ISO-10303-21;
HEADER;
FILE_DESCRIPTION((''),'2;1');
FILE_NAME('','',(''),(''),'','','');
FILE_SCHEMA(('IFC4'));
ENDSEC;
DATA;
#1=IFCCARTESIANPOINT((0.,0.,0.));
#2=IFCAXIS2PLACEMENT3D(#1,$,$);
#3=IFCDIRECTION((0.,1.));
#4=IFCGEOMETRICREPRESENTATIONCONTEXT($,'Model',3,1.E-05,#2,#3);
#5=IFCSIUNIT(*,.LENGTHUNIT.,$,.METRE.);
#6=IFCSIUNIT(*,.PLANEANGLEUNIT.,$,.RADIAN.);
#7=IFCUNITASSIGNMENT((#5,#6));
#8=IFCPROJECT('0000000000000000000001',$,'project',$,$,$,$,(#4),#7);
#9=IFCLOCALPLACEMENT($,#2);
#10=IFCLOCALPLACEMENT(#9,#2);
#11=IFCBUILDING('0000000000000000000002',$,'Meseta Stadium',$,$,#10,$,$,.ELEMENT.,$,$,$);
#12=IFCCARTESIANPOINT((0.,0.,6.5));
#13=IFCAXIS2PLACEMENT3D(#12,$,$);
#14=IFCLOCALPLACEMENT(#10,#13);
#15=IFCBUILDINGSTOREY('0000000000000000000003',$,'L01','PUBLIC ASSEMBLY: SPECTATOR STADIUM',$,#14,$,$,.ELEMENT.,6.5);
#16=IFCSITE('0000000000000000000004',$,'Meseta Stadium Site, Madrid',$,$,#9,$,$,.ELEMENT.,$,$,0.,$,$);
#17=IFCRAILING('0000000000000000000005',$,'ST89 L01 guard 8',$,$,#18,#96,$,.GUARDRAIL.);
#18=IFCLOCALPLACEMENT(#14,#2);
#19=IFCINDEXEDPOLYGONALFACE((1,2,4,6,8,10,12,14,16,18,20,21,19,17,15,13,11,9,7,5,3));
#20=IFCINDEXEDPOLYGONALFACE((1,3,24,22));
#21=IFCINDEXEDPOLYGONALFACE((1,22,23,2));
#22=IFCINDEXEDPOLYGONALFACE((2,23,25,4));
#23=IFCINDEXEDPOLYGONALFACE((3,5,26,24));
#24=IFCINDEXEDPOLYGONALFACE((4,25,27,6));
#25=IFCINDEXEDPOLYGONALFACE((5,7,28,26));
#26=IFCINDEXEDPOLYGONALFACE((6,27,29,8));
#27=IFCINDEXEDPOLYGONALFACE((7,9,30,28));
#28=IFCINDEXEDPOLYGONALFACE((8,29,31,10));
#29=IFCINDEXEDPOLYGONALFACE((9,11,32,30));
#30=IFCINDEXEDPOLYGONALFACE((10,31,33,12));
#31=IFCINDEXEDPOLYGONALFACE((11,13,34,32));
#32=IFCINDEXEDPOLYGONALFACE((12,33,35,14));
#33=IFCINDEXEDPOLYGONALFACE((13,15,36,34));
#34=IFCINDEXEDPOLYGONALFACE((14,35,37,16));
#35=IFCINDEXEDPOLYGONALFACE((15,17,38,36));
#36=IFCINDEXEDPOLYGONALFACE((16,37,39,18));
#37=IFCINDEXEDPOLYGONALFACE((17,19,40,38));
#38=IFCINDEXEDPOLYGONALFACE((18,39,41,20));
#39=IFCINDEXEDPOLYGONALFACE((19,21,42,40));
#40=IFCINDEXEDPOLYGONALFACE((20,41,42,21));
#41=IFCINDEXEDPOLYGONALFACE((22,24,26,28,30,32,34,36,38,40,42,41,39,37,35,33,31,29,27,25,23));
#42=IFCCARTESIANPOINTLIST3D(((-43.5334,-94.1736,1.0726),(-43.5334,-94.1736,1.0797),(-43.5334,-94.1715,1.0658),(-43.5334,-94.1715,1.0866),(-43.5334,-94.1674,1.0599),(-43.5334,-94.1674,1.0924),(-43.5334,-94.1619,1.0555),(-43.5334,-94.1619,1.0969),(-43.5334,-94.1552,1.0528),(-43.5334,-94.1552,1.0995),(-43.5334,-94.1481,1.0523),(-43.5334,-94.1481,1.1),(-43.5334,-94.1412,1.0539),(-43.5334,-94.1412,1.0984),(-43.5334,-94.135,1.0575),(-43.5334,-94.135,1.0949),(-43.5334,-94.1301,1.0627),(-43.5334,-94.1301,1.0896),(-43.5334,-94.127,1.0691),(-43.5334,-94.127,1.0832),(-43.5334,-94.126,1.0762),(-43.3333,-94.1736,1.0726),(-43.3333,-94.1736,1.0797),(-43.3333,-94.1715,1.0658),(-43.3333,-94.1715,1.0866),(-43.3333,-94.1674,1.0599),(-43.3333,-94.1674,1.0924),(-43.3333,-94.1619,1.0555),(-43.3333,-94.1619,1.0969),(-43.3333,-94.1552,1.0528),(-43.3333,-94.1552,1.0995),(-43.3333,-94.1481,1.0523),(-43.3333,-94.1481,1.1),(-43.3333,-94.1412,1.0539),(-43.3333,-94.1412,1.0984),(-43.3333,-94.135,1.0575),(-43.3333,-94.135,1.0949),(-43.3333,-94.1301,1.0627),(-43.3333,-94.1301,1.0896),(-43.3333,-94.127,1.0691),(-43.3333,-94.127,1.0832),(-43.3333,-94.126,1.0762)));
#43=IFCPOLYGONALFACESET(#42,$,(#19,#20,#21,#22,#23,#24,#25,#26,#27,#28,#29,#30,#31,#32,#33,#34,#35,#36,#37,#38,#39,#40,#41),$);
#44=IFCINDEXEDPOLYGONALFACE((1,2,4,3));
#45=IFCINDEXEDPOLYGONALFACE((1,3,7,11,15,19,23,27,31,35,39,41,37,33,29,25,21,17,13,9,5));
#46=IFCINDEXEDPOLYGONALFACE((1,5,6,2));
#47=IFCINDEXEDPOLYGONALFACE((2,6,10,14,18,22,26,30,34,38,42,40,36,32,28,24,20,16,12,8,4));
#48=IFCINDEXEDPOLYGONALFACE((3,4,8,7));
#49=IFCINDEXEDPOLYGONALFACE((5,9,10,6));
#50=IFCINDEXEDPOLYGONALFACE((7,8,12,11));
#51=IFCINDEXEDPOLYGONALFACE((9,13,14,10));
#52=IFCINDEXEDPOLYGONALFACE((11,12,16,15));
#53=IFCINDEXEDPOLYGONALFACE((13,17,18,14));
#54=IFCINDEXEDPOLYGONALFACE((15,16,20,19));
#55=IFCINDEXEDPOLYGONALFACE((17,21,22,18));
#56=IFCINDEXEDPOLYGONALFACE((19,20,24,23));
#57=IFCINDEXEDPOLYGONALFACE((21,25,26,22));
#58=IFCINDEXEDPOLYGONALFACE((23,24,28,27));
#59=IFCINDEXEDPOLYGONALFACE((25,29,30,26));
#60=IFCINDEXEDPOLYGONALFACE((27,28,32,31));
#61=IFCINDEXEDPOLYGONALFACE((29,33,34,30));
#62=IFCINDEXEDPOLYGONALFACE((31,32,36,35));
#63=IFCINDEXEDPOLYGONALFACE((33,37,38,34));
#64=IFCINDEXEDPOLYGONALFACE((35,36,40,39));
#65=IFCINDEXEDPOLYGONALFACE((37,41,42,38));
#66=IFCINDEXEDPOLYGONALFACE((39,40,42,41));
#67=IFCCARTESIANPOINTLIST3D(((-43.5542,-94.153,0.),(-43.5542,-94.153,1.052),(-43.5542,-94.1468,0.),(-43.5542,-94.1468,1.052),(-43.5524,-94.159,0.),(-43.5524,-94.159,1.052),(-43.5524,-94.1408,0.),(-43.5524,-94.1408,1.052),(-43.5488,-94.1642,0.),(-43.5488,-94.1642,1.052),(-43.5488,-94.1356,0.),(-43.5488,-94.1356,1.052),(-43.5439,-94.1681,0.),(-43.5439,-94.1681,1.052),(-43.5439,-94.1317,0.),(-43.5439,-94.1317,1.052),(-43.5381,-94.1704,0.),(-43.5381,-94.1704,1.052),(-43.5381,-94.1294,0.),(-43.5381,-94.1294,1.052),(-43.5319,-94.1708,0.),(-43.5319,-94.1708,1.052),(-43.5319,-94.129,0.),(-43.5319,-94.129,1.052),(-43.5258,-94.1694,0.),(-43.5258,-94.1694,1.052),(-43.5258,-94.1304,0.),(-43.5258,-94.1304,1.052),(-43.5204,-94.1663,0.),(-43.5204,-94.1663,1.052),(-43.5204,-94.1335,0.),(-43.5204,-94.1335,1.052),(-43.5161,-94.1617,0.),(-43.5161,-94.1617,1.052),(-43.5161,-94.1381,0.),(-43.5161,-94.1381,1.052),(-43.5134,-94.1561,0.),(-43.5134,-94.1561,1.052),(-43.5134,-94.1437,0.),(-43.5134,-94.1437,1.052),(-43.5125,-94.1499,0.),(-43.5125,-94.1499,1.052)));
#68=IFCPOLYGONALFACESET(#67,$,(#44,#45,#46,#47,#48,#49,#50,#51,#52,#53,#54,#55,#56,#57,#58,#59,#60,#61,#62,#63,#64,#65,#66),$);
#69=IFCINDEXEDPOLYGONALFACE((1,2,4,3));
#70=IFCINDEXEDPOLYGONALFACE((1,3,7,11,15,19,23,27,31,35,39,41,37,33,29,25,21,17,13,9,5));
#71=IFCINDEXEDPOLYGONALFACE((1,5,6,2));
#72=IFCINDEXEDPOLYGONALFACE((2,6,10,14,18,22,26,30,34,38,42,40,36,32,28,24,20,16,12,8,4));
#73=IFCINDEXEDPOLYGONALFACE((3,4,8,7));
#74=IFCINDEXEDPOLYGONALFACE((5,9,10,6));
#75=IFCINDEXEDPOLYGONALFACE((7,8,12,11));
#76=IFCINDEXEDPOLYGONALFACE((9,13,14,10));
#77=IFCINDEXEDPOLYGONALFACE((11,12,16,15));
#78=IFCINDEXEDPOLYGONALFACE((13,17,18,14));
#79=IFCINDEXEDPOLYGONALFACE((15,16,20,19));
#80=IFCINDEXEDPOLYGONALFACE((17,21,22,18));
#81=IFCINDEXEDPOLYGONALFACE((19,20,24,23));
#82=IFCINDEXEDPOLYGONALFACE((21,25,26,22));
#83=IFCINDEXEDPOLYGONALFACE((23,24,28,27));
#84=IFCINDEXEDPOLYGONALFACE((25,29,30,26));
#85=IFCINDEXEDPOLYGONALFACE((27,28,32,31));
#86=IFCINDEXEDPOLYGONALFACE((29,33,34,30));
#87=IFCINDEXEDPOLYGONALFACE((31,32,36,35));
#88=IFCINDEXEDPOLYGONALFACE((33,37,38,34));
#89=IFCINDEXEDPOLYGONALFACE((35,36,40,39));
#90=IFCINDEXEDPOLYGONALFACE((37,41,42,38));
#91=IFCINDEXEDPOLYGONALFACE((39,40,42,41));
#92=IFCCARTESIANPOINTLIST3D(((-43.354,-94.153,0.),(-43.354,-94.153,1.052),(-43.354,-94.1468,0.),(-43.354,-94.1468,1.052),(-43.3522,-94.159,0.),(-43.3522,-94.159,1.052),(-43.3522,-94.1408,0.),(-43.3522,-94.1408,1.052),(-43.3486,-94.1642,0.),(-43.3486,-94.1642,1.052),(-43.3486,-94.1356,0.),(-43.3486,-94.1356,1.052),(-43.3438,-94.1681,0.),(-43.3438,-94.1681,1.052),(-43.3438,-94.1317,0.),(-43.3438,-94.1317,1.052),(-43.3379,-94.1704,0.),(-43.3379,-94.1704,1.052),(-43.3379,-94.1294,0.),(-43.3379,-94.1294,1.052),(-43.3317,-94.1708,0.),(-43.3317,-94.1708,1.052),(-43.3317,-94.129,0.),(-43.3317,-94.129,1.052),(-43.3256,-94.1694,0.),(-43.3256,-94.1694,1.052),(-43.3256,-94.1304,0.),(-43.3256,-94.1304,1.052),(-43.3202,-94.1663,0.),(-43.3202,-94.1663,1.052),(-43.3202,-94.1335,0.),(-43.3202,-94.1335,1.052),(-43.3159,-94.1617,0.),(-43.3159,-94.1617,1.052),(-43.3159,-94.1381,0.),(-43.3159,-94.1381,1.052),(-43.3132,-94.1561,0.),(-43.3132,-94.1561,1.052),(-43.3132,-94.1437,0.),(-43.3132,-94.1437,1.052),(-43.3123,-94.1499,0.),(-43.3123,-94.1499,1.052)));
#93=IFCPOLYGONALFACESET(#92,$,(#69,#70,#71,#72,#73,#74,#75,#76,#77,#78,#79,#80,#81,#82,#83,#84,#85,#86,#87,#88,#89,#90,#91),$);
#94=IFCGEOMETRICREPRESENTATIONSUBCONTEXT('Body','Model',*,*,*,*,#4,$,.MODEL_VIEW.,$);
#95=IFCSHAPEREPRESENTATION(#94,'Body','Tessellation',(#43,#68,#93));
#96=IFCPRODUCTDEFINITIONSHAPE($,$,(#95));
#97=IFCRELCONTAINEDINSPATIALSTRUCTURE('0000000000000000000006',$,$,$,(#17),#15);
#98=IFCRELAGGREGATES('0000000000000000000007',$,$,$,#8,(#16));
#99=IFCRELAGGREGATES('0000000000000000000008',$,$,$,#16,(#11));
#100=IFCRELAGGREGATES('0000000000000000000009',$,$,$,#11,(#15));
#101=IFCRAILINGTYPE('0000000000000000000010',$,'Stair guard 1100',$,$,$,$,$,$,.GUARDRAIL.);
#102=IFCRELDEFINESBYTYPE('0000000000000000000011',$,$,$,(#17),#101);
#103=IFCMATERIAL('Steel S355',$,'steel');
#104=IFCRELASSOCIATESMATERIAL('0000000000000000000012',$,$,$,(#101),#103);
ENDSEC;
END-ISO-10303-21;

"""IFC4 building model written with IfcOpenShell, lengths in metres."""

from ifc_helpers import new_model, si_unit, direction, frame, origin, origin_2d, place, context, subcontext, project, spatial, circle, extrude, material, type_object, element, save


model = new_model("IFC4")

# Units and contexts
model_context = context("Model", 3, precision=1e-05, world=origin(), true_north=direction((0.0, 1.0)))
body_context = subcontext(model_context, "Body", "Model", "MODEL_VIEW")
ifc_project = project(units=[si_unit("LENGTHUNIT", "METRE"), si_unit("PLANEANGLEUNIT", "RADIAN")], contexts=[model_context])

# Site, building, storey
site_placement = place(None, origin())
site = spatial("IfcSite", under=ifc_project, at=site_placement, Name="Meseta Stadium Site, Madrid", CompositionType="ELEMENT", RefElevation=0.0)
building_placement = place(site_placement, origin())
building = spatial("IfcBuilding", under=site, at=building_placement, Name="Meseta Stadium", CompositionType="ELEMENT")
storey_placement = place(building_placement, frame((0.0, 0.0, 6.5)))
storey = spatial("IfcBuildingStorey", under=building, at=storey_placement, Name="L01", Description="PUBLIC ASSEMBLY: SPECTATOR STADIUM", CompositionType="ELEMENT", Elevation=6.5)

# Railing
ifc_material_1 = material(Name="Steel S355", Category="steel")
railing_type_1 = type_object("IfcRailingType", Name="Stair guard 1100", PredefinedType="GUARDRAIL", material=ifc_material_1)
railing_1_placement = place(storey_placement, frame((-43.5334, -94.1499, 0.0)))
element("IfcRailing", 1, at=railing_1_placement, inside=storey, type_object=railing_type_1, Name="ST89 L01 guard 8", PredefinedType="GUARDRAIL", context=body_context, shape_type="SweptSolid", body=[
    extrude(circle(Radius=0.0239, at=origin_2d()), frame((0.0, 0.0, 1.0762), z_axis=(1.0, 0.0, 0.0), x_axis=(0.0, 1.0, 0.0)), (0.0, 0.0, 1.0), 0.2002),
    extrude(circle(Radius=0.021, at=origin_2d()), origin(), (0.0, 0.0, 1.0), 1.052),
    extrude(circle(Radius=0.021, at=origin_2d()), frame((0.2002, 0.0, 0.0)), (0.0, 0.0, 1.0), 1.052),
])

save(model, "model.ifc")
